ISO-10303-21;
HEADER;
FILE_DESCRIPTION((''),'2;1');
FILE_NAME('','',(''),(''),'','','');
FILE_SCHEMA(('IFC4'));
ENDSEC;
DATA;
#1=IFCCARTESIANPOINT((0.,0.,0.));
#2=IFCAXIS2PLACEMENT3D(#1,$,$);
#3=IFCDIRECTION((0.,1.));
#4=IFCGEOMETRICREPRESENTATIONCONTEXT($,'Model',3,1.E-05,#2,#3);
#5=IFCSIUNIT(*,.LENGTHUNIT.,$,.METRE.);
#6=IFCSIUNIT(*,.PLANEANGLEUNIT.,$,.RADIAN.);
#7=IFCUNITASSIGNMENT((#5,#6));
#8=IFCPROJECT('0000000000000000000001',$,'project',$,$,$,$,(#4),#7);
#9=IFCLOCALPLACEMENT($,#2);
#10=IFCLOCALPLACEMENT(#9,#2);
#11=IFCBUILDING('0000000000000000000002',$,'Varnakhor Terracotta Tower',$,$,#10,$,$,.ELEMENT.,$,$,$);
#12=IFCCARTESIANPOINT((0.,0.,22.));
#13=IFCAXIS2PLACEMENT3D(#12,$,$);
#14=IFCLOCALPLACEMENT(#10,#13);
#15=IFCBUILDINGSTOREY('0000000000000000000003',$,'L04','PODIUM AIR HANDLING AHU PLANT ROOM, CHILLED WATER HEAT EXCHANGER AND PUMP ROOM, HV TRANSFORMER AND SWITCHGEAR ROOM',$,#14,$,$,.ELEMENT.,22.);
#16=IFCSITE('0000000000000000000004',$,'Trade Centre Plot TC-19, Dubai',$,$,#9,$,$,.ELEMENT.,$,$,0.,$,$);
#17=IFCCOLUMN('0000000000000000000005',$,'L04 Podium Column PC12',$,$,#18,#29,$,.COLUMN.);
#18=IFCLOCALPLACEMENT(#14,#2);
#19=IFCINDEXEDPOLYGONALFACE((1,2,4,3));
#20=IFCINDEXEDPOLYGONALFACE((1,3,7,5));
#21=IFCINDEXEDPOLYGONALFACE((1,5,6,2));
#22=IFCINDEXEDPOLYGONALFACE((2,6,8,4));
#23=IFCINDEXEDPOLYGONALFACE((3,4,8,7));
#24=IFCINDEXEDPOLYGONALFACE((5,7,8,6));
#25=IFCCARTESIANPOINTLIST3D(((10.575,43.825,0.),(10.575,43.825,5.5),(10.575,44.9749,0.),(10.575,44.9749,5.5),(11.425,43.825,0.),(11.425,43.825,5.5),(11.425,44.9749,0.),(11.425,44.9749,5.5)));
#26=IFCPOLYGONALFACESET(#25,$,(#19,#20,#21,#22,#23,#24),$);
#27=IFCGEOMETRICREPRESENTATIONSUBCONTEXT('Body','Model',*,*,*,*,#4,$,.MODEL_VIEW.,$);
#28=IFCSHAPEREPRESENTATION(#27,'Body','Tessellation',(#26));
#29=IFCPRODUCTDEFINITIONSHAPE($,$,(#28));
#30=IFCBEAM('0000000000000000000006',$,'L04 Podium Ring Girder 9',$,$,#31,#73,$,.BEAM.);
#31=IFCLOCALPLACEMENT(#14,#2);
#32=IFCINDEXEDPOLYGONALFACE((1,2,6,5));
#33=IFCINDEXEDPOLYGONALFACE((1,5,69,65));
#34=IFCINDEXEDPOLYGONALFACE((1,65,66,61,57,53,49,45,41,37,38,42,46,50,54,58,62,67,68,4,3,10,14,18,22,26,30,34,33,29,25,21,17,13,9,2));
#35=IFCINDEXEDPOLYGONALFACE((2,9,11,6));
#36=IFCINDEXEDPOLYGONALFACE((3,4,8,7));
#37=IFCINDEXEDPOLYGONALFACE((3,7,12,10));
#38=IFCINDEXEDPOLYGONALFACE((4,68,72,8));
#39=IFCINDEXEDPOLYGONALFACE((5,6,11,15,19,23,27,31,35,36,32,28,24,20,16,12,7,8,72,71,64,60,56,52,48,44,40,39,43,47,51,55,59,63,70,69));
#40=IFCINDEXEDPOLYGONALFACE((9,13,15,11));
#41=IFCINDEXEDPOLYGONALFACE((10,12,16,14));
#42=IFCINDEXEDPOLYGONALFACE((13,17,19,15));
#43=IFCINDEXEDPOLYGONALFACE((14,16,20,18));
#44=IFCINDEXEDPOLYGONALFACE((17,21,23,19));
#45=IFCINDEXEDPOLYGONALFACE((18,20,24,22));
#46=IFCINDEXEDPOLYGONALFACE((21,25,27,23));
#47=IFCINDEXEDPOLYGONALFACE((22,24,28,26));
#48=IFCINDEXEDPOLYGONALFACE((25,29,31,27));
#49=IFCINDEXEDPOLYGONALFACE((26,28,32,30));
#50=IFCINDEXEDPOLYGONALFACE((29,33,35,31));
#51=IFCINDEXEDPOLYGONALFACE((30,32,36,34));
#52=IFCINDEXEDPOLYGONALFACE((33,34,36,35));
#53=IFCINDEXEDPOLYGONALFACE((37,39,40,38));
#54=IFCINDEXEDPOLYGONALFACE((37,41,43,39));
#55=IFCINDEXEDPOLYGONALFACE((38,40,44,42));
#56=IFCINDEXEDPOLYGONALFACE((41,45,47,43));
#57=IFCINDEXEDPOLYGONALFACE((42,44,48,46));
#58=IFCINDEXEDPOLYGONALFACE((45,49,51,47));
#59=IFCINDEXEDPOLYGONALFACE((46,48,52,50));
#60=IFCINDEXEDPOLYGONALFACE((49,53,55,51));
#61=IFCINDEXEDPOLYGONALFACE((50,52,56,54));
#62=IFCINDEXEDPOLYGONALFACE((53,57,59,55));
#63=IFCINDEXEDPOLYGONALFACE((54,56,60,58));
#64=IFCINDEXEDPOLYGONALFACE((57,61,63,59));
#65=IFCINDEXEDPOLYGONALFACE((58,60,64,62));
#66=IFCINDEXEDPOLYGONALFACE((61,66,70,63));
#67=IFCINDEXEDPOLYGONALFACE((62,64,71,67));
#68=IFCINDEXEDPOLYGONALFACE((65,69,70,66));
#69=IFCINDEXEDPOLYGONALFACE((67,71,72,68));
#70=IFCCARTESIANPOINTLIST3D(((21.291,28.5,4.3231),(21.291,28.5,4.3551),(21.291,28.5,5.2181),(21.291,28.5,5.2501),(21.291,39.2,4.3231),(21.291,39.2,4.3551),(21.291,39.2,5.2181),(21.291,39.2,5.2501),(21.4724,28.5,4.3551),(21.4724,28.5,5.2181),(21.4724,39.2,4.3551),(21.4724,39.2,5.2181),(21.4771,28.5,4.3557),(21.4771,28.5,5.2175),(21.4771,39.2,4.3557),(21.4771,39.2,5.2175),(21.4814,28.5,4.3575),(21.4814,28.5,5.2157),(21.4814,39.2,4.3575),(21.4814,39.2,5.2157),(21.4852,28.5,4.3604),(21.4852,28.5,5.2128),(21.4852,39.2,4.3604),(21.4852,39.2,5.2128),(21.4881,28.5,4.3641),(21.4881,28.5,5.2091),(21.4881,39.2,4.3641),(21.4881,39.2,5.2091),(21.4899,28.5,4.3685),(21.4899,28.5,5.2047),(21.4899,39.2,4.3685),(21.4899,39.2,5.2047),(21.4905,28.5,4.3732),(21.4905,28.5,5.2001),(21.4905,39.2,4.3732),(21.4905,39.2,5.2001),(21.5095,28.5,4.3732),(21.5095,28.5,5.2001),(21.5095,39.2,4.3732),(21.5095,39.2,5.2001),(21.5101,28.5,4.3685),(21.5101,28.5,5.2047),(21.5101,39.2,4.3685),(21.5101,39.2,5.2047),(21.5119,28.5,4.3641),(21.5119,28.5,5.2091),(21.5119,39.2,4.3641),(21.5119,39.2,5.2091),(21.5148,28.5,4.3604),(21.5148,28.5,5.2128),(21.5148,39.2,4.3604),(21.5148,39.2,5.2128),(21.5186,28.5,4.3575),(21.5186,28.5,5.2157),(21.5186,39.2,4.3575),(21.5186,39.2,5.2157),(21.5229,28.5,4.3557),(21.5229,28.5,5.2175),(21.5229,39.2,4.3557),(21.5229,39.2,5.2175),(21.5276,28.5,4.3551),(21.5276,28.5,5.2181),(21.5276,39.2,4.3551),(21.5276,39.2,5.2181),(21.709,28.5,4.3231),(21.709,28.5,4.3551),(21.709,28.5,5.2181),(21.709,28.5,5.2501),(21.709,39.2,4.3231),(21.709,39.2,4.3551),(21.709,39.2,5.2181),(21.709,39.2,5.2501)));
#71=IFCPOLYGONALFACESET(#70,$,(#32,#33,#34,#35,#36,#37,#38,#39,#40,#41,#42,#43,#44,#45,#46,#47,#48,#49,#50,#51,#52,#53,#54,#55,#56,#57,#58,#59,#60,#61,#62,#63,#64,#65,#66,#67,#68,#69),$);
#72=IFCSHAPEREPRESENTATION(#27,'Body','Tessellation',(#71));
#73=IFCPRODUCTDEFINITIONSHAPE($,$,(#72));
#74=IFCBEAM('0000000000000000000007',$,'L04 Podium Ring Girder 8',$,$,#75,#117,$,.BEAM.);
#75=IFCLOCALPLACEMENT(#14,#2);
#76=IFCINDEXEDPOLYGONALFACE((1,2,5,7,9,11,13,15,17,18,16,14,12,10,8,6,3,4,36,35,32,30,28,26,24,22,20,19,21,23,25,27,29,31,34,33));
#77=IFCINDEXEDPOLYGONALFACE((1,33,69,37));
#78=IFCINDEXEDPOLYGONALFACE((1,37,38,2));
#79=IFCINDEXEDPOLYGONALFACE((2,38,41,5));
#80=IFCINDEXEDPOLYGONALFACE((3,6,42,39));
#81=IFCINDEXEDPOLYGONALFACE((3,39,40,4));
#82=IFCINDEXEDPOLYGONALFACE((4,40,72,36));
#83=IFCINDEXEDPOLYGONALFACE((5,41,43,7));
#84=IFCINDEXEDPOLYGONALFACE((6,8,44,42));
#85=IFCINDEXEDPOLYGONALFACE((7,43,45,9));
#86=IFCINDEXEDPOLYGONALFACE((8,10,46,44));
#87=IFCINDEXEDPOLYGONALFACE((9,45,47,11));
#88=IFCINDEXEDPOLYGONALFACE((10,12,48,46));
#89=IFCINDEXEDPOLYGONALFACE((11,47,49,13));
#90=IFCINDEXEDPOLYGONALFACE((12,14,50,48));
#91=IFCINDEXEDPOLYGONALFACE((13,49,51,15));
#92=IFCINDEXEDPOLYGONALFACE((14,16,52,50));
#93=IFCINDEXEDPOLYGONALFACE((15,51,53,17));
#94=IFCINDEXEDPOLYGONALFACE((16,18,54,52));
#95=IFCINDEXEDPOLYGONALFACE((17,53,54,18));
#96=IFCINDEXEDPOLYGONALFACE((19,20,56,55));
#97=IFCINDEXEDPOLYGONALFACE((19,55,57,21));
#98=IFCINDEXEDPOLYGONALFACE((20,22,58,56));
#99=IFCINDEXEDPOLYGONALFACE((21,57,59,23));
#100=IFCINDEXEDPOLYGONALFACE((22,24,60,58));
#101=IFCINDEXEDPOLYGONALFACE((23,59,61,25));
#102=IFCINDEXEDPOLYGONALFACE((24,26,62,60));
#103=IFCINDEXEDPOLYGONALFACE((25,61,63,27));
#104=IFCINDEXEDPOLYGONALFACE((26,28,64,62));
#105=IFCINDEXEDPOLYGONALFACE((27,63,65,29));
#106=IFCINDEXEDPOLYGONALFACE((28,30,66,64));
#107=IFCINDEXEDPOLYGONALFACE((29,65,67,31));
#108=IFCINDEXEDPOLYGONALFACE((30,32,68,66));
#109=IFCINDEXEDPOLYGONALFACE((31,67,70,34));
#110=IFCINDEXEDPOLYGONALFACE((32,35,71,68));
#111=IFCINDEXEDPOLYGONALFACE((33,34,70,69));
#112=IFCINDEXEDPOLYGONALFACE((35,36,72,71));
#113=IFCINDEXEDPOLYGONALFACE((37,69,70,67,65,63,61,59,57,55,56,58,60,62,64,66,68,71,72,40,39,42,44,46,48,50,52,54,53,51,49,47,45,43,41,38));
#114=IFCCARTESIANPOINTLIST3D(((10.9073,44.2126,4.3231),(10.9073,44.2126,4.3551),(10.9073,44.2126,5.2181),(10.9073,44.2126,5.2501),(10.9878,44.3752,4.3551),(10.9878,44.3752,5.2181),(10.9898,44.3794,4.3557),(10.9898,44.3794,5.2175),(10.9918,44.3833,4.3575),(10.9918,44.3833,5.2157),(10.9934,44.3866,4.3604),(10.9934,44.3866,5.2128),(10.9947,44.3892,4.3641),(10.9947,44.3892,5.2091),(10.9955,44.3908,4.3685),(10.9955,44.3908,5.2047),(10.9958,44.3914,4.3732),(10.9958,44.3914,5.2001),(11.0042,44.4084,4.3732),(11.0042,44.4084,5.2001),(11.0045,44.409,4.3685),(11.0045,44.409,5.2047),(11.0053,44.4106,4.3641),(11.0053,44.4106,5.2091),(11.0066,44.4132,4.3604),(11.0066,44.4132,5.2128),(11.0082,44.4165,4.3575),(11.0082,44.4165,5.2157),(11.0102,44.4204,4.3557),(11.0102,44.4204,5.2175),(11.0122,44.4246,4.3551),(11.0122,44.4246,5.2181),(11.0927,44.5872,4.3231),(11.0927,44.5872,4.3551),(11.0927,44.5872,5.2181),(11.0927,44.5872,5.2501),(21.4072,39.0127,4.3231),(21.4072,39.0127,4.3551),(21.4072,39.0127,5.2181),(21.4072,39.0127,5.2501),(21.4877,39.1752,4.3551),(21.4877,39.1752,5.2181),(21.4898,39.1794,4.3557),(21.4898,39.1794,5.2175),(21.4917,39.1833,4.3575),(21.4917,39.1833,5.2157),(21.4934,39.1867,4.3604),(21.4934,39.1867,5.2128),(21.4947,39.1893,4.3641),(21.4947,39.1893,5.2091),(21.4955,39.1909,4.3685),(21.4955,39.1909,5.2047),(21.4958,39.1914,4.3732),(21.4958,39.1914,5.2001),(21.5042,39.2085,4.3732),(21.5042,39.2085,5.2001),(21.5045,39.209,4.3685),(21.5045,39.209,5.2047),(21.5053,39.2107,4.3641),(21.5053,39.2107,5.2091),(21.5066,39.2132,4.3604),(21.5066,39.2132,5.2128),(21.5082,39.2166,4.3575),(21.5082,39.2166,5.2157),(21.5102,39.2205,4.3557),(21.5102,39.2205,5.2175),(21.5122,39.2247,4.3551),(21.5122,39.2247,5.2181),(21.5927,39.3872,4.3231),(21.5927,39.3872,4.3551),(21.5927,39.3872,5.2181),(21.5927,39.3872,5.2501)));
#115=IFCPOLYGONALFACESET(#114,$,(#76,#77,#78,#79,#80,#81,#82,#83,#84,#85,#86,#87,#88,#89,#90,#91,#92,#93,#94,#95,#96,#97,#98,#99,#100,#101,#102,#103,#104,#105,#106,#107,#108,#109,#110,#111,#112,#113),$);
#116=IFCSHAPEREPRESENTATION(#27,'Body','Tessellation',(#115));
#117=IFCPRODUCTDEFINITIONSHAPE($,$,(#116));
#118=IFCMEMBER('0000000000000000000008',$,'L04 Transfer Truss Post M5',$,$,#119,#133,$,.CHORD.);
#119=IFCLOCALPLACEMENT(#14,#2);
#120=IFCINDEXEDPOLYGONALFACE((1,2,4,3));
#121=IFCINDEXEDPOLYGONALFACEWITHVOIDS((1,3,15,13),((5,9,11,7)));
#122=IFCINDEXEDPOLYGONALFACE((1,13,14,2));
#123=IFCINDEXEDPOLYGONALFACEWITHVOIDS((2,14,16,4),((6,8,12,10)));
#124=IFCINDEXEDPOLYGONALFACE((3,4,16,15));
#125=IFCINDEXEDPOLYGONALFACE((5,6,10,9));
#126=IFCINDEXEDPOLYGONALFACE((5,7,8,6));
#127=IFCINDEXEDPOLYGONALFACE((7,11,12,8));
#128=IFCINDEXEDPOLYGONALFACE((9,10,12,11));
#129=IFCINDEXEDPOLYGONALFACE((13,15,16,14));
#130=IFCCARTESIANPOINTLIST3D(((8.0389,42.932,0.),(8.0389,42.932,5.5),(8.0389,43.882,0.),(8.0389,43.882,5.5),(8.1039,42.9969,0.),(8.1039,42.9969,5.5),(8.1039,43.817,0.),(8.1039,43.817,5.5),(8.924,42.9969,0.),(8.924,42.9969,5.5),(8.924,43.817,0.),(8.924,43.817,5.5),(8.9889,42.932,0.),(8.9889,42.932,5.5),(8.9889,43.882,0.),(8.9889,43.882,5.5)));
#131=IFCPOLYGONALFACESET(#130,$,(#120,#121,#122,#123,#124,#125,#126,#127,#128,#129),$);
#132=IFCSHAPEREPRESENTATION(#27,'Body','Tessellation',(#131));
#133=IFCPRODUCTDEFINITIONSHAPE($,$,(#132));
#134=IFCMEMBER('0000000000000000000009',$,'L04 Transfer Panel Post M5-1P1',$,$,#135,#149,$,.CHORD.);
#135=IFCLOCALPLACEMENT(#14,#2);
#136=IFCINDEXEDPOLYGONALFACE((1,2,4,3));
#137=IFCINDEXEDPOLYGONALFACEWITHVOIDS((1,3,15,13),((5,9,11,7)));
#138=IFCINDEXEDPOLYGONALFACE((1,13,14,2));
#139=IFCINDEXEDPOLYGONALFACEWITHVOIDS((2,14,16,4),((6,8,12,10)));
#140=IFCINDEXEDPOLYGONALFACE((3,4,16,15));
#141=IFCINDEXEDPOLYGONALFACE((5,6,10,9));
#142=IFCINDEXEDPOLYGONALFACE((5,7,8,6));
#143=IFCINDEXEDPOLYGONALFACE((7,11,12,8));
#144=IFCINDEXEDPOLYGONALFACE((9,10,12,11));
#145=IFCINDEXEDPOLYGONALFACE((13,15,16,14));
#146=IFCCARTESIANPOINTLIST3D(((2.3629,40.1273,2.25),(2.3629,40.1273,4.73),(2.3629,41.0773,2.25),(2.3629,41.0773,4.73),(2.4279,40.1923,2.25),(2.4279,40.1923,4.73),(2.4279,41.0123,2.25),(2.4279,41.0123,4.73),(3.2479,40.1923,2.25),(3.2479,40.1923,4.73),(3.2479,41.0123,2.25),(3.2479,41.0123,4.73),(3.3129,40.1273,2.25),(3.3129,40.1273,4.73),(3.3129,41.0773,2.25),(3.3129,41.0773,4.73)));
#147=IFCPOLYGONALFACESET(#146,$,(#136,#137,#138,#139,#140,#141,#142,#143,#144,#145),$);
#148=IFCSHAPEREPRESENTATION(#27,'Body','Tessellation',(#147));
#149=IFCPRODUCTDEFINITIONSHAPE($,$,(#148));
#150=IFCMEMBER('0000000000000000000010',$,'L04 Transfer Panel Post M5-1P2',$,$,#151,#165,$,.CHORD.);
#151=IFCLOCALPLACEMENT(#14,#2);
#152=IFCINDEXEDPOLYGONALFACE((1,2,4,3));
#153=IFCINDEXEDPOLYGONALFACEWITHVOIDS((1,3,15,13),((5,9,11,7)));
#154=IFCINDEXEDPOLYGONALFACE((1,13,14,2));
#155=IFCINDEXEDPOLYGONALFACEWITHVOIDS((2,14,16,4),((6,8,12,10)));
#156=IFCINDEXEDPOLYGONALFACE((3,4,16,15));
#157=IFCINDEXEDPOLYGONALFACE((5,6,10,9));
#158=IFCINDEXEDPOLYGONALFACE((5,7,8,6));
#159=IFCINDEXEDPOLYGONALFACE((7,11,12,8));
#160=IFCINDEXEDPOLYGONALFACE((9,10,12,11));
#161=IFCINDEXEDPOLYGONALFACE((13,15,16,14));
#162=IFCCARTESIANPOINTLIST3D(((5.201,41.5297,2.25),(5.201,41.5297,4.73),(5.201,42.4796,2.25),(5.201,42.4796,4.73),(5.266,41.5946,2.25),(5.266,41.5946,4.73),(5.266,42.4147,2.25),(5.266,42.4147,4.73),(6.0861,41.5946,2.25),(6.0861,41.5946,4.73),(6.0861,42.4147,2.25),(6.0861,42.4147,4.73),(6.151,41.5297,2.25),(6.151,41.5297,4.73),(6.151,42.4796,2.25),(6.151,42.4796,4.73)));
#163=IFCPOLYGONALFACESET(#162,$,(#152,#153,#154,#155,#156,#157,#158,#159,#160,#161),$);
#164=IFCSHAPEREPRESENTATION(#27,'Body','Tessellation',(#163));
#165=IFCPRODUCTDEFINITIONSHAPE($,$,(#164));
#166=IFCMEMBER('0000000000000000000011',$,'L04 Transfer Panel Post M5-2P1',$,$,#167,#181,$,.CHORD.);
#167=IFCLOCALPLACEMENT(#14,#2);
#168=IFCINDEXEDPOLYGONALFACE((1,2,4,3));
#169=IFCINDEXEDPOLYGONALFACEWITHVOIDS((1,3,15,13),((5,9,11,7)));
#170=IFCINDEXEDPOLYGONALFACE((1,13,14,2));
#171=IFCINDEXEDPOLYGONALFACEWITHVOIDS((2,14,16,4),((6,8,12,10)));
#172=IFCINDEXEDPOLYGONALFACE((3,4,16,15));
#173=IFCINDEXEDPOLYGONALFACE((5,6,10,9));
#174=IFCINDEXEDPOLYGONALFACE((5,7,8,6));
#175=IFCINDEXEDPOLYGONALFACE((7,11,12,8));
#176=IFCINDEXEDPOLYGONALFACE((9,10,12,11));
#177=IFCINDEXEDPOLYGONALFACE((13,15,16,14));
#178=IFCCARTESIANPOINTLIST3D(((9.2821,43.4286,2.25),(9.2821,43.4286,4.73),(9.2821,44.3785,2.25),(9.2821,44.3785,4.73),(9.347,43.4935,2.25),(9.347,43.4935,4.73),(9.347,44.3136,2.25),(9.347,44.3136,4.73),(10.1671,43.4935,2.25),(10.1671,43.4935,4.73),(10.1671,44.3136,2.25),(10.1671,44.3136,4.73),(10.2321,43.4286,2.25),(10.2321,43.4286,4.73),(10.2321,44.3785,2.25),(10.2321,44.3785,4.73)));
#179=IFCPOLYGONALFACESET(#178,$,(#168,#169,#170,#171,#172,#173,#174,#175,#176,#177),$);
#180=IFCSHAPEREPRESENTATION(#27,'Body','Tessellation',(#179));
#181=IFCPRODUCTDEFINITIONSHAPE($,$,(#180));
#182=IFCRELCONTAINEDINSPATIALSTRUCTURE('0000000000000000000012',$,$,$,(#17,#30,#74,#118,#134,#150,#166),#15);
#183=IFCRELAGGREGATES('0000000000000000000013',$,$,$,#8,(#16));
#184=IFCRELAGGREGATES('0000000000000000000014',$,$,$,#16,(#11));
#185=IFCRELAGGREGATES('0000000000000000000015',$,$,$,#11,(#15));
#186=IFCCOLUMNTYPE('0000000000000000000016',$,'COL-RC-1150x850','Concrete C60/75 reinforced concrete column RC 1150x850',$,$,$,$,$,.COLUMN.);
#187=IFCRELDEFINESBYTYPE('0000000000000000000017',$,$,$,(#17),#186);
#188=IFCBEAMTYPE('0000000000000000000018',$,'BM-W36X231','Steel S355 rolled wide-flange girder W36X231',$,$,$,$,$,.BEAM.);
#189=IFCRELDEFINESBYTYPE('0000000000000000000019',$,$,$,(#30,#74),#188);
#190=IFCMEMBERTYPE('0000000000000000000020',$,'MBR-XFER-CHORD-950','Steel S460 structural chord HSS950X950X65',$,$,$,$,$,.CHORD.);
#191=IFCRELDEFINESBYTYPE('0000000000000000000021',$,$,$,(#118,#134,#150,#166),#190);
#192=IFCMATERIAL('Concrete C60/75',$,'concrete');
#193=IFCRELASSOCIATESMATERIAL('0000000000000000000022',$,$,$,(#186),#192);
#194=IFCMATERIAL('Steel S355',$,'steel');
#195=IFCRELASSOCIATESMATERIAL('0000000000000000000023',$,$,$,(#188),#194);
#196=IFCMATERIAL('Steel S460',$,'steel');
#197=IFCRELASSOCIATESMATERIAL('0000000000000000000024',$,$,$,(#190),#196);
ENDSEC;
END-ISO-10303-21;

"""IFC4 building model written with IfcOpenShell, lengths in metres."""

from ifc_helpers import new_model, si_unit, direction, frame, origin, origin_2d, place, context, subcontext, project, spatial, rectangle, hollow_rectangle, i_section, extrude, source, transform, mapped, material, material_profile, profile_set, type_object, type_shapes, element, save


model = new_model("IFC4")

# Units and contexts
model_context = context("Model", 3, precision=1e-05, world=origin(), true_north=direction((0.0, 1.0)))
body_context = subcontext(model_context, "Body", "Model", "MODEL_VIEW")
ifc_project = project(units=[si_unit("LENGTHUNIT", "METRE"), si_unit("PLANEANGLEUNIT", "RADIAN")], contexts=[model_context])

# Site, building, storey
site_placement = place(None, origin())
site = spatial("IfcSite", under=ifc_project, at=site_placement, Name="Trade Centre Plot TC-19, Dubai", CompositionType="ELEMENT", RefElevation=0.0)
building_placement = place(site_placement, origin())
building = spatial("IfcBuilding", under=site, at=building_placement, Name="Varnakhor Terracotta Tower", CompositionType="ELEMENT")
storey_placement = place(building_placement, frame((0.0, 0.0, 22.0)))
storey = spatial("IfcBuildingStorey", under=building, at=storey_placement, Name="L04", Description="PODIUM AIR HANDLING AHU PLANT ROOM, CHILLED WATER HEAT EXCHANGER AND PUMP ROOM, HV TRANSFORMER AND SWITCHGEAR ROOM", CompositionType="ELEMENT", Elevation=22.0)

# Column
ifc_material_1 = material(Name="Concrete C60/75", Category="concrete")
ifc_material_profile_1 = material_profile(ifc_material_1, rectangle(XDim=0.8501, YDim=1.1499, at=origin_2d()), Name="RC 1150x850")
ifc_profile_set_1 = profile_set([ifc_material_profile_1], Name="Concrete C60/75")
column_type = type_object("IfcColumnType", Name="COL-RC-1150x850", Description="Concrete C60/75 reinforced concrete column RC 1150x850", PredefinedType="COLUMN", material=ifc_profile_set_1)
shared_shape_1 = source(origin(), body_context, "Body", "SweptSolid", [
    extrude(rectangle(XDim=0.8501, YDim=1.1499, at=origin_2d()), origin(), (0.0, 0.0, 1.0), 5.5),
])
column_placement = place(storey_placement, frame((11.0, 44.3999, 0.0), z_axis=(0.0, 0.0, 1.0), x_axis=(1.0, 0.0, 0.0)))
element("IfcColumn", 1, at=column_placement, inside=storey, type_object=column_type, Name="L04 Podium Column PC12", PredefinedType="COLUMN", context=body_context, shape_type="MappedRepresentation", body=[
    mapped(shared_shape_1, transform((0.0, 0.0, 0.0), scale=1.0)),
])

# Beams
ifc_material_2 = material(Name="Steel S355", Category="steel")
ifc_material_profile_2 = material_profile(ifc_material_2, i_section(OverallWidth=0.418, OverallDepth=0.927, WebThickness=0.019, FlangeThickness=0.032, FilletRadius=0.0181, at=origin_2d()), Name="W36X231")
ifc_profile_set_2 = profile_set([ifc_material_profile_2], Name="Steel S355")
beam_type = type_object("IfcBeamType", Name="BM-W36X231", Description="Steel S355 rolled wide-flange girder W36X231", PredefinedType="BEAM", material=ifc_profile_set_2)
shared_shape_2 = source(origin(), body_context, "Body", "SweptSolid", [
    extrude(i_section(OverallWidth=0.418, OverallDepth=0.927, WebThickness=0.019, FlangeThickness=0.032, FilletRadius=0.0181, at=origin_2d()), origin(), (0.0, 0.0, 1.0), 10.7),
])
beam_1_placement = place(storey_placement, frame((21.5, 39.2, 4.7866), z_axis=(0.0, -1.0, 0.0), x_axis=(1.0, 0.0, 0.0)))
element("IfcBeam", 2, at=beam_1_placement, inside=storey, type_object=beam_type, Name="L04 Podium Ring Girder 9", PredefinedType="BEAM", context=body_context, shape_type="MappedRepresentation", body=[
    mapped(shared_shape_2, transform((0.0, 0.0, 0.0), scale=1.0)),
])
shared_shape_3 = source(origin(), body_context, "Body", "SweptSolid", [
    extrude(i_section(OverallWidth=0.418, OverallDepth=0.927, WebThickness=0.019, FlangeThickness=0.032, FilletRadius=0.0181, at=origin_2d()), origin(), (0.0, 0.0, 1.0), 11.717),
])
beam_2_placement = place(storey_placement, frame((11.0, 44.3999, 4.7866), z_axis=(0.896129, -0.443793, 0.0), x_axis=(0.443793, 0.896129, 0.0)))
element("IfcBeam", 3, at=beam_2_placement, inside=storey, type_object=beam_type, Name="L04 Podium Ring Girder 8", PredefinedType="BEAM", context=body_context, shape_type="MappedRepresentation", body=[
    mapped(shared_shape_3, transform((0.0, 0.0, 0.0), scale=1.0)),
])

# Members
ifc_material_3 = material(Name="Steel S460", Category="steel")
ifc_material_profile_3 = material_profile(ifc_material_3, hollow_rectangle(XDim=0.95, YDim=0.95, WallThickness=0.0649, at=origin_2d()), Name="HSS950X950X65")
ifc_profile_set_3 = profile_set([ifc_material_profile_3], Name="Steel S460")
member_type_1 = type_object("IfcMemberType", Name="MBR-XFER-CHORD-950", Description="Steel S460 structural chord HSS950X950X65", PredefinedType="CHORD", material=ifc_profile_set_3)
shared_shape_4 = source(origin(), body_context, "Body", "SweptSolid", [
    extrude(hollow_rectangle(XDim=0.95, YDim=0.95, WallThickness=0.0649, at=origin_2d()), origin(), (0.0, 0.0, 1.0), 5.5),
])
type_shapes(member_type_1, [shared_shape_4])
member_1_placement = place(storey_placement, frame((8.5139, 43.407, 0.0), z_axis=(0.0, 0.0, 1.0), x_axis=(1.0, 0.0, 0.0)))
element("IfcMember", 4, at=member_1_placement, inside=storey, type_object=member_type_1, Name="L04 Transfer Truss Post M5", PredefinedType="CHORD", context=body_context, shape_type="MappedRepresentation", body=[
    mapped(shared_shape_4, transform((0.0, 0.0, 0.0), scale=1.0)),
])
shared_shape_5 = source(origin(), body_context, "Body", "SweptSolid", [
    extrude(hollow_rectangle(XDim=0.95, YDim=0.95, WallThickness=0.0649, at=origin_2d()), origin(), (0.0, 0.0, 1.0), 2.48),
])
for number, where, z_axis, x_axis, name in (
    (5, (2.8379, 40.6023, 2.25), (0.0, 0.0, 1.0), (1.0, 0.0, 0.0), "L04 Transfer Panel Post M5-1P1"),
    (6, (5.676, 42.0046, 2.25), (0.0, 0.0, 1.0), (1.0, 0.0, 0.0), "L04 Transfer Panel Post M5-1P2"),
    (7, (9.7571, 43.9036, 2.25), (0.0, 0.0, 1.0), (1.0, 0.0, 0.0), "L04 Transfer Panel Post M5-2P1"),
):
    element("IfcMember", number, at=place(storey_placement, frame(where, z_axis=z_axis, x_axis=x_axis)), inside=storey, type_object=member_type_1, Name=name, PredefinedType="CHORD", context=body_context, shape_type="MappedRepresentation", body=[
        mapped(shared_shape_5, transform((0.0, 0.0, 0.0), scale=1.0)),
    ])

save(model, "model.ifc")
